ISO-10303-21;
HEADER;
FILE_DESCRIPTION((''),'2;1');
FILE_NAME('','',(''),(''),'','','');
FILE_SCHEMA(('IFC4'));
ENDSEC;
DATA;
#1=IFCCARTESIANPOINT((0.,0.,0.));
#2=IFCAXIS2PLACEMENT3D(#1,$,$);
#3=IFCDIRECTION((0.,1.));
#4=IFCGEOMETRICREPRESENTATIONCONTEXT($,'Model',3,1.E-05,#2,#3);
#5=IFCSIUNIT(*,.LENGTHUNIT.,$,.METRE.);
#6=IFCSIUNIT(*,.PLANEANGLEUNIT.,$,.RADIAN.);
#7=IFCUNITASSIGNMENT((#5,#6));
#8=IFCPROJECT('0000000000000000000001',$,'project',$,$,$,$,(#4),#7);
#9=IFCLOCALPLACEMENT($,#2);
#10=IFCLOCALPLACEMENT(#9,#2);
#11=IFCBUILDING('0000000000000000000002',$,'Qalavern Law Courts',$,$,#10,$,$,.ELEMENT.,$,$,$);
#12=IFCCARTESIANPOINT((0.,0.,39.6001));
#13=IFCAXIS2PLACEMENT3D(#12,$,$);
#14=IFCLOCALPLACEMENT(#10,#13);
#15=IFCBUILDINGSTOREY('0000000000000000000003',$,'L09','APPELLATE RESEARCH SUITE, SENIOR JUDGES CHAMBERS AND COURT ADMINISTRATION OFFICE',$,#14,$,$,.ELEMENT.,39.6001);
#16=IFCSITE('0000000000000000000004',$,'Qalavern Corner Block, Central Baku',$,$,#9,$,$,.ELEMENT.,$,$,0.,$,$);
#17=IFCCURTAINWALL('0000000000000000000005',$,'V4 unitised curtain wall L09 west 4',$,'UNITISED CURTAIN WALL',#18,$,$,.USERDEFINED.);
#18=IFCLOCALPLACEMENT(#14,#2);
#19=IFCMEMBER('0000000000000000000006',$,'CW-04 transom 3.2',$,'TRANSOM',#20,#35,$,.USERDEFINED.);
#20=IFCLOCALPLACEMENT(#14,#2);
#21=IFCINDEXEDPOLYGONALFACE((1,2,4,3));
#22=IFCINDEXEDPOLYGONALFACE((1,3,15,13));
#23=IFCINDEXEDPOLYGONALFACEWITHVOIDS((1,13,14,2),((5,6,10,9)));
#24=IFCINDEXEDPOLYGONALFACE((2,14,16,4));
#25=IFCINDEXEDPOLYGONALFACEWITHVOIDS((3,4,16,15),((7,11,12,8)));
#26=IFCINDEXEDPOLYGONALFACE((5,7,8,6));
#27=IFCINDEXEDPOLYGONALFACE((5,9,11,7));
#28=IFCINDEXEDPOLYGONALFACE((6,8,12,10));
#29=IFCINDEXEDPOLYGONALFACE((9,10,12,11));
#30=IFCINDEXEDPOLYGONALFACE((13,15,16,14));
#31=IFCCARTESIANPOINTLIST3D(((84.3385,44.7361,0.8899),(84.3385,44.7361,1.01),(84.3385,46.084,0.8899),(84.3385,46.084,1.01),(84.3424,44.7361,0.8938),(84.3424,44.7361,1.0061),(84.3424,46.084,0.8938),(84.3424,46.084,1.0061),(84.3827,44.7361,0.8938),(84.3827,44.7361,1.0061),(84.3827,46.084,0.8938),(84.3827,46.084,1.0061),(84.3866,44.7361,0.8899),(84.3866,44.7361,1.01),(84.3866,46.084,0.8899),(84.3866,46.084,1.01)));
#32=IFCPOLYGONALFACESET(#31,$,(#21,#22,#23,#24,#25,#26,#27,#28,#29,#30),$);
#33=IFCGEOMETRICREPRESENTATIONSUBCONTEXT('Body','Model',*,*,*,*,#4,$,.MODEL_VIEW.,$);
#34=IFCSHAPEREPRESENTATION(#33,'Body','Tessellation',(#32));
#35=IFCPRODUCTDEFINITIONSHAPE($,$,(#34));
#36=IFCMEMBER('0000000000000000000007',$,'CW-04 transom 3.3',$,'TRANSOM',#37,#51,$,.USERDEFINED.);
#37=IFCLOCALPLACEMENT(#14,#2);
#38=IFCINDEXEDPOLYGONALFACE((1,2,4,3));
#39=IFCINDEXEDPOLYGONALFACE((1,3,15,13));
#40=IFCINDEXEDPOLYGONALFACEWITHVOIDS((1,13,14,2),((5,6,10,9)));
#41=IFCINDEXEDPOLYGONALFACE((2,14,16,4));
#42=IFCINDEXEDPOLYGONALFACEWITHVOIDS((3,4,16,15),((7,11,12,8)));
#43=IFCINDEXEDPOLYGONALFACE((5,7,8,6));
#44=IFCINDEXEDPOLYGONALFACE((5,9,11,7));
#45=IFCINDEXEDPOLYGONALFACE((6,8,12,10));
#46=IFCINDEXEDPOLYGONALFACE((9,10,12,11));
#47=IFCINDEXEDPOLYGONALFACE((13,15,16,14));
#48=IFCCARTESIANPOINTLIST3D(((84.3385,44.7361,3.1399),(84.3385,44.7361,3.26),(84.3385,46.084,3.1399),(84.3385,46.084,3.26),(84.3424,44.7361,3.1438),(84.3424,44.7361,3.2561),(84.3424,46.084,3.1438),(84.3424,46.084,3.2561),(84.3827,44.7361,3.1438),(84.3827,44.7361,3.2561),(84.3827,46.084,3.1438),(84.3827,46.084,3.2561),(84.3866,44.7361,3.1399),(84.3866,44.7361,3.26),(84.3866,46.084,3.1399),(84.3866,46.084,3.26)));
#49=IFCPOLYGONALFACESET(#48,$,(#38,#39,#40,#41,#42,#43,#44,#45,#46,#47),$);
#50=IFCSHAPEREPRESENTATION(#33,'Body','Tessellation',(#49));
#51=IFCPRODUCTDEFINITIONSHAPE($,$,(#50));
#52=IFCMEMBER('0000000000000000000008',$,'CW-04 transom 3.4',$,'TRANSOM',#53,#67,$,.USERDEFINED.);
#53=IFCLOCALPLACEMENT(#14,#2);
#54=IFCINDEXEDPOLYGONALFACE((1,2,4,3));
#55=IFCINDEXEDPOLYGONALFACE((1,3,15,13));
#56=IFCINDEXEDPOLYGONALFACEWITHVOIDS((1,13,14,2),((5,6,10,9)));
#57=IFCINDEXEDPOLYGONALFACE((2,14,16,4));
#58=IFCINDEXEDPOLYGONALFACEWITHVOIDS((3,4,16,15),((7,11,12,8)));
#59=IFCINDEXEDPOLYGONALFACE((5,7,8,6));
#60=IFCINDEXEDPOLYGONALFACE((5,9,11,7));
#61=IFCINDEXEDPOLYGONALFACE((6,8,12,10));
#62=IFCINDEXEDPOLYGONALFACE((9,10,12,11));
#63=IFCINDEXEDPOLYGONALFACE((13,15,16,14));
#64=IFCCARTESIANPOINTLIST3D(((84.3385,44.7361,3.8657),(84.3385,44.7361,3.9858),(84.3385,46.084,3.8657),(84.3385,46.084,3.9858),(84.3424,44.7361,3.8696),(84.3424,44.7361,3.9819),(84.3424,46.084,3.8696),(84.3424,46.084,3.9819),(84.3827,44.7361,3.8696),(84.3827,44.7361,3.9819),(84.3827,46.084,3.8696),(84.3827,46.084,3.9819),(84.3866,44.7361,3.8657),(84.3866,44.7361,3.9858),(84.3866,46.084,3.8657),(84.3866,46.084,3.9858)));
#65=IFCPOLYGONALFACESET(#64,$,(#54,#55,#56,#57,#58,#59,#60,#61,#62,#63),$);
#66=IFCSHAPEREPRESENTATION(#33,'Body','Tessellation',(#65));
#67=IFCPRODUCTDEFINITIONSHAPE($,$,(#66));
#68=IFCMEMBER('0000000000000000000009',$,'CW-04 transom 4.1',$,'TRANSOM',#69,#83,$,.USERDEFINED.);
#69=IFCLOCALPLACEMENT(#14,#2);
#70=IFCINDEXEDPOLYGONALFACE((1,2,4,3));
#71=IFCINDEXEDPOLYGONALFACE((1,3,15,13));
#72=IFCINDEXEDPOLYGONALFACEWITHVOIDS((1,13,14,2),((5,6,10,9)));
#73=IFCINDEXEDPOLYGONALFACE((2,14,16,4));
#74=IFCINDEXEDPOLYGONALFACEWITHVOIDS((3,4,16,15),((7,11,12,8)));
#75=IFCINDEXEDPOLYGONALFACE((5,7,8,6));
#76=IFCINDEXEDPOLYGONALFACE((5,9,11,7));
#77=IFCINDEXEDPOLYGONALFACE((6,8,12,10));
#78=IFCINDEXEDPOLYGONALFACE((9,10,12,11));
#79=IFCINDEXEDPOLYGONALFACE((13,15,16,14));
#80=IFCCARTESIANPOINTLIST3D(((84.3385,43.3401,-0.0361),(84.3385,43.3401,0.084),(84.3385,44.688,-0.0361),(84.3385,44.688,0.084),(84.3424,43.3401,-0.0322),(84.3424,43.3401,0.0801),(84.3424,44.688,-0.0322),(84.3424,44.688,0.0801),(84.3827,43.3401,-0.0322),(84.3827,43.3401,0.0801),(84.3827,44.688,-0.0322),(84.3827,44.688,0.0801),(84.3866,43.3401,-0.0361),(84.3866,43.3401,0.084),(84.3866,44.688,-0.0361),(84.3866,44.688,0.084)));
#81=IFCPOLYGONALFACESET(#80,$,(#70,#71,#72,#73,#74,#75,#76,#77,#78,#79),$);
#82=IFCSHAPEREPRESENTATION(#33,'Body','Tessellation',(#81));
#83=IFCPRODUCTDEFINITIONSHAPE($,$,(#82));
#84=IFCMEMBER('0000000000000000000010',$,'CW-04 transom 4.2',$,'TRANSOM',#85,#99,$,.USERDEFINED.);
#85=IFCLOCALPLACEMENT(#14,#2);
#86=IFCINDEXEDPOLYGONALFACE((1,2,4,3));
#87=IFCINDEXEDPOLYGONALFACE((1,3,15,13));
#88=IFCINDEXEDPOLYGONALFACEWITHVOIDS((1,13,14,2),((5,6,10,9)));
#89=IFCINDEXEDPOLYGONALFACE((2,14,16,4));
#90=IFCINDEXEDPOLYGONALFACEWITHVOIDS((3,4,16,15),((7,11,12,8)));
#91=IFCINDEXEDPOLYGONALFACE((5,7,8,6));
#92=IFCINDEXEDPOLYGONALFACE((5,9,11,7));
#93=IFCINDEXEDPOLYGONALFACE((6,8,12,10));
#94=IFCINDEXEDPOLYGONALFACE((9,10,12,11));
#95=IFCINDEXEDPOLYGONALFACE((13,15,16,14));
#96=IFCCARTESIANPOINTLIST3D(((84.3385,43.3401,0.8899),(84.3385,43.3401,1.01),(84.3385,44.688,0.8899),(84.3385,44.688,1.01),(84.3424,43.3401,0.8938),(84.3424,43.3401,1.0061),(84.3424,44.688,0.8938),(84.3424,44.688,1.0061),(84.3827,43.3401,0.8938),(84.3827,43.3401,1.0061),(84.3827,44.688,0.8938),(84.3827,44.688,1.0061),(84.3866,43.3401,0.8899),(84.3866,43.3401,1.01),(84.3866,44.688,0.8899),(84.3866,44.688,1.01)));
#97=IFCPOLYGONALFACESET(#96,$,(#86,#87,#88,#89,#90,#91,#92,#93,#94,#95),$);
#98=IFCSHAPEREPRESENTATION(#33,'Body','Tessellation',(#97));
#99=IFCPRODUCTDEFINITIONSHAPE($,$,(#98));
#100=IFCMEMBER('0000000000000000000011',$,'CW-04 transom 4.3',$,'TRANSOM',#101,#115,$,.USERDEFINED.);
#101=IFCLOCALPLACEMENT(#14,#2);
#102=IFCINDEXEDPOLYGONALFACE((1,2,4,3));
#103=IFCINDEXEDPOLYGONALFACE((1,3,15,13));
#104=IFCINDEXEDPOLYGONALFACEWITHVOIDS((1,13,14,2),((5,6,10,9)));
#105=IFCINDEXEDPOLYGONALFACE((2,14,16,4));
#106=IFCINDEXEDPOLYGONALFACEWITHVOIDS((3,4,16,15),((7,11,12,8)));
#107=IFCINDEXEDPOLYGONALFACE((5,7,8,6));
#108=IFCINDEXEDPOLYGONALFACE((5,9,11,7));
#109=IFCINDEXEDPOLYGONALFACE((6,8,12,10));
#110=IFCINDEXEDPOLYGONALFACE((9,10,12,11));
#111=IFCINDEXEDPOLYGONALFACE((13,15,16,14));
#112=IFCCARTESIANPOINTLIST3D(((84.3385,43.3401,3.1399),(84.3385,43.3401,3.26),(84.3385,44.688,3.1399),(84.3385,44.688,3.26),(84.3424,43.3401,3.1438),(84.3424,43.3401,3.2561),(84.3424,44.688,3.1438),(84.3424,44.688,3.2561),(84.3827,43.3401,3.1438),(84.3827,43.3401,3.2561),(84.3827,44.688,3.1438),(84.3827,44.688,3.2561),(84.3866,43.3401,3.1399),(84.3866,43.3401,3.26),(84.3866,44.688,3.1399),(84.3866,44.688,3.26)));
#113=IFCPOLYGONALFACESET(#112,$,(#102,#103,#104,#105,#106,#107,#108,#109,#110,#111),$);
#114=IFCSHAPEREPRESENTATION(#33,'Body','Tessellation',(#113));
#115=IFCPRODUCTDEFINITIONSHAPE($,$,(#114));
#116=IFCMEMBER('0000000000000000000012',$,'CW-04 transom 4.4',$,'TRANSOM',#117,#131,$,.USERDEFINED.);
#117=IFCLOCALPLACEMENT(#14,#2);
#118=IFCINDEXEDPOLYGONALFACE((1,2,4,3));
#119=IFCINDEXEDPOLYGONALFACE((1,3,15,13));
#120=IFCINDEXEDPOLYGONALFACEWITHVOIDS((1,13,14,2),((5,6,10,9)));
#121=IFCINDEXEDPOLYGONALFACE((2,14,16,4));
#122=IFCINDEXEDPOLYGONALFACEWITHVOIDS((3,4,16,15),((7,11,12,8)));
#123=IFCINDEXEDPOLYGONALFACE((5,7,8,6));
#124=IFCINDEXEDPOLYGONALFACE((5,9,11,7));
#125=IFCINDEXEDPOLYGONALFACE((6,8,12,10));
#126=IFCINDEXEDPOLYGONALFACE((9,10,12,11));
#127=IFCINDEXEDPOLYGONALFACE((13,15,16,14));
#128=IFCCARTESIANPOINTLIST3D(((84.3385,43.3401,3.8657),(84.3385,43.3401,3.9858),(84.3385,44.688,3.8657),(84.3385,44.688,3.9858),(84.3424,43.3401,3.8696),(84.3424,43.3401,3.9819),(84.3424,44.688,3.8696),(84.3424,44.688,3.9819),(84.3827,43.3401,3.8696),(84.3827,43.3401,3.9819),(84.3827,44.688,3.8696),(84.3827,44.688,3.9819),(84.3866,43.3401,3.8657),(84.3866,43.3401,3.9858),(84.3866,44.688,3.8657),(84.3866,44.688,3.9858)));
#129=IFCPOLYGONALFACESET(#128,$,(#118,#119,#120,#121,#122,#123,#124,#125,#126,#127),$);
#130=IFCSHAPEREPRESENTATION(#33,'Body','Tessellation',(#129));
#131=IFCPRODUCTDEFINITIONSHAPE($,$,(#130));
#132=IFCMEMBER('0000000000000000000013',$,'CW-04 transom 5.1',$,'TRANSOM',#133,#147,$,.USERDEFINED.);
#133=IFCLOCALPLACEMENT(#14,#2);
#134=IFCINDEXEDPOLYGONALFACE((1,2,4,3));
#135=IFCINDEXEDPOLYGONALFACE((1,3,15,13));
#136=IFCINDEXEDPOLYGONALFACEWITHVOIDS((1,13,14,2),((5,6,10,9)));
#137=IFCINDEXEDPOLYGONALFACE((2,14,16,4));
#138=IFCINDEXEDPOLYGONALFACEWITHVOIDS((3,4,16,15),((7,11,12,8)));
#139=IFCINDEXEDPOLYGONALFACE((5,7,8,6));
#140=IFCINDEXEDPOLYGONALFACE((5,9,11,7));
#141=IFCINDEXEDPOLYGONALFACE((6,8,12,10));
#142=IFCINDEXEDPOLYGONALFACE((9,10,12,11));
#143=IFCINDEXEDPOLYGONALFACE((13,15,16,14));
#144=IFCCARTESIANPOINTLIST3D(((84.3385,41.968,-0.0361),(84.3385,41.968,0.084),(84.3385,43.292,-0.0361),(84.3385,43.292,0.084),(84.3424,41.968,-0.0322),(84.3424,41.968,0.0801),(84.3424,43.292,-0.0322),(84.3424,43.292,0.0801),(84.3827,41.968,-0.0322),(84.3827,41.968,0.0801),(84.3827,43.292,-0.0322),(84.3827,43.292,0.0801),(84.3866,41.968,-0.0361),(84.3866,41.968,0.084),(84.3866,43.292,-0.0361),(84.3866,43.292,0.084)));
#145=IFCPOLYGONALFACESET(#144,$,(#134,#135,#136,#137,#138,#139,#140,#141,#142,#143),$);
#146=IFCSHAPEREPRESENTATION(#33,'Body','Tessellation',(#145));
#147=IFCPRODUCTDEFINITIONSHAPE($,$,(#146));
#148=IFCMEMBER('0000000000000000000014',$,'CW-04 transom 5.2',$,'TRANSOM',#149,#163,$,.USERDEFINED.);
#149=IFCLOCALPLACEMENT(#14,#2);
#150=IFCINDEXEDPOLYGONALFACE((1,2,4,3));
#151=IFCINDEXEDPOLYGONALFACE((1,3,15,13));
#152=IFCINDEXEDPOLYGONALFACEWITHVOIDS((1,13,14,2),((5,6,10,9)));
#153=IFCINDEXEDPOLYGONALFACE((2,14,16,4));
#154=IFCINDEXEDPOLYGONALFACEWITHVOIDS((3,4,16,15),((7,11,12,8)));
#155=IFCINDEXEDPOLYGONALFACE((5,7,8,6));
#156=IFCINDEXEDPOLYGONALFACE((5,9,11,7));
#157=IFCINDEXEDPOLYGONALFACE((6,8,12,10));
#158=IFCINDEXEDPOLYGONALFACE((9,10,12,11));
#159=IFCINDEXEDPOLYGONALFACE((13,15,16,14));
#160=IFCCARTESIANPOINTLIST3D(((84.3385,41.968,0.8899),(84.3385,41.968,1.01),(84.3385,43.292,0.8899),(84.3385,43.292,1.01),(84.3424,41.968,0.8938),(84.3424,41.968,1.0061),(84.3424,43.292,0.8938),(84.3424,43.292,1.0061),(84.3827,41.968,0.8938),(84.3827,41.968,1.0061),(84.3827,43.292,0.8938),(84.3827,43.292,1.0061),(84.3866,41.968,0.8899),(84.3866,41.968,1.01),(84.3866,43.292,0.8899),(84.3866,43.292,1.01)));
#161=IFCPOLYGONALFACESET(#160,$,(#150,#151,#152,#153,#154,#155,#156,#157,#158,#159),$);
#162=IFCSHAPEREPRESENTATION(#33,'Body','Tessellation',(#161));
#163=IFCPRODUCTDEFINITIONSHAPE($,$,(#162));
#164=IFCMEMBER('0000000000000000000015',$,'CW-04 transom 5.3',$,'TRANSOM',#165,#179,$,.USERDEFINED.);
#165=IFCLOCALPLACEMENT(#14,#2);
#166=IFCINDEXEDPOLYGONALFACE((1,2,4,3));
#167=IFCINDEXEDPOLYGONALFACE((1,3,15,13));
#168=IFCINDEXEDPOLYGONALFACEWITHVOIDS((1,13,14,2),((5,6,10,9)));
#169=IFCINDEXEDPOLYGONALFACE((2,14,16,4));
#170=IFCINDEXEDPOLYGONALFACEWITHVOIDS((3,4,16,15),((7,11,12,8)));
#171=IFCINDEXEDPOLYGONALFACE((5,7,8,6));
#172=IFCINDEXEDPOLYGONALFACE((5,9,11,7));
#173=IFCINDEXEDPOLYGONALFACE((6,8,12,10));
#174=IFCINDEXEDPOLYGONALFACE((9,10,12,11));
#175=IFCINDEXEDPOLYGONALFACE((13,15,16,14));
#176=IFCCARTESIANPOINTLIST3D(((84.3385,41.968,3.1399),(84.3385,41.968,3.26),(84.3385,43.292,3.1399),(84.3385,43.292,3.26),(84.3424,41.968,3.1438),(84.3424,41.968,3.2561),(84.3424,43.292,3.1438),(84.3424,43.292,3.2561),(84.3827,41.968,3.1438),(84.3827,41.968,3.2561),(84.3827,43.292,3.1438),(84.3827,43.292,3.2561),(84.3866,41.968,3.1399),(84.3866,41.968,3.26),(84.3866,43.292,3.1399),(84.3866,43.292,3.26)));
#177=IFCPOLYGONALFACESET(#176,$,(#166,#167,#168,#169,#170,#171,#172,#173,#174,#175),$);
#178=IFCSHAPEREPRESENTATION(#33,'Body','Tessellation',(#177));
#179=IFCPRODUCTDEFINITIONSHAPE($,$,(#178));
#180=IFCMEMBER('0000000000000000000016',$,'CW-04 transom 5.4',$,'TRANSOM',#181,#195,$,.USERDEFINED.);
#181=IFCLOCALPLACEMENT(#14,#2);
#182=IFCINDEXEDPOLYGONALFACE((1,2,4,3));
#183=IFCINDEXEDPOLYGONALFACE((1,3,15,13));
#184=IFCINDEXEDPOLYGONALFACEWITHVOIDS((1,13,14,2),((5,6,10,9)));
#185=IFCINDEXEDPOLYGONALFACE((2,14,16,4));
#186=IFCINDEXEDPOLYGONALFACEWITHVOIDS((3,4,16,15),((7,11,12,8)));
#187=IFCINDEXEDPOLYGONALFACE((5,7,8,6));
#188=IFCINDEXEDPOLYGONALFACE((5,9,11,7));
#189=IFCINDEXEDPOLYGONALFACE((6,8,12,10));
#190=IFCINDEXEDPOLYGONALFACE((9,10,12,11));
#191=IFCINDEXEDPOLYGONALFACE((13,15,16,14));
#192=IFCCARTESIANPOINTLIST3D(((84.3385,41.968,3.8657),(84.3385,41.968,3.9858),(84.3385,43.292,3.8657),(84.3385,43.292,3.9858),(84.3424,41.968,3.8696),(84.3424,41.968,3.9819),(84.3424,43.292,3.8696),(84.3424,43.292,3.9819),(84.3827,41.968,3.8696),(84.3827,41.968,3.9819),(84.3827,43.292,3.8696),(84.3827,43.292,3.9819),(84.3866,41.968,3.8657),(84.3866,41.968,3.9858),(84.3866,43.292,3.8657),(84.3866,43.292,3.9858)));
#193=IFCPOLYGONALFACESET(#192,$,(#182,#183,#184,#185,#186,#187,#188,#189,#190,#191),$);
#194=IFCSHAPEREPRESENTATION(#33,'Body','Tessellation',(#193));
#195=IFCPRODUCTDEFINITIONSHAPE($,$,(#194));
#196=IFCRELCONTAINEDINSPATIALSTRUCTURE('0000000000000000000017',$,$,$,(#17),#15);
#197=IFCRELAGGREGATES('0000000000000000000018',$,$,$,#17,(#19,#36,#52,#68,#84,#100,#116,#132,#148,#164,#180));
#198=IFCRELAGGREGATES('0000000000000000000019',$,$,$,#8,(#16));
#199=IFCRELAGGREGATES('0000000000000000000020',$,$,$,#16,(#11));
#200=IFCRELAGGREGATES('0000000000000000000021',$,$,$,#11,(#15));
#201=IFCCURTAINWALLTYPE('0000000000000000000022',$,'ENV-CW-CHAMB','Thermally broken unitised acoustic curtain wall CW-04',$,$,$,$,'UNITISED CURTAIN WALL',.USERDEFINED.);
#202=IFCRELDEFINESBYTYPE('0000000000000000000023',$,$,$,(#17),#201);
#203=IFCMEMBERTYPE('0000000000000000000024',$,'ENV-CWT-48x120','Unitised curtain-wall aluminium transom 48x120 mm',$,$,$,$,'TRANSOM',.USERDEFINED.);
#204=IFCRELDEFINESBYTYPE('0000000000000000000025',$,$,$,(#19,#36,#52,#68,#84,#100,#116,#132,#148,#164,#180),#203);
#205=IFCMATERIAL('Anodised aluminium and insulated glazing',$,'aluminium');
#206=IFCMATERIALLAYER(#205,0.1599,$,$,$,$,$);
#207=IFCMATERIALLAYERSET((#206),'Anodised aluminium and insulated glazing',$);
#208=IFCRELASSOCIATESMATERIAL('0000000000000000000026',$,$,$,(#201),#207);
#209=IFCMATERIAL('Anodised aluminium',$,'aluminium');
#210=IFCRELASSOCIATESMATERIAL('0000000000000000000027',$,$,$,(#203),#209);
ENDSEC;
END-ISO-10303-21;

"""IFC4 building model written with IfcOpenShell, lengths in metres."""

from ifc_helpers import new_model, si_unit, direction, frame, origin, origin_2d, place, context, subcontext, project, spatial, hollow_rectangle, extrude, material, layer, layer_set, material_profile, profile_set, type_object, element, aggregate, save


model = new_model("IFC4")

# Units and contexts
model_context = context("Model", 3, precision=1e-05, world=origin(), true_north=direction((0.0, 1.0)))
body_context = subcontext(model_context, "Body", "Model", "MODEL_VIEW")
ifc_project = project(units=[si_unit("LENGTHUNIT", "METRE"), si_unit("PLANEANGLEUNIT", "RADIAN")], contexts=[model_context])

# Site, building, storey
site_placement = place(None, origin())
site = spatial("IfcSite", under=ifc_project, at=site_placement, Name="Qalavern Corner Block, Central Baku", CompositionType="ELEMENT", RefElevation=0.0)
building_placement = place(site_placement, origin())
building = spatial("IfcBuilding", under=site, at=building_placement, Name="Qalavern Law Courts", CompositionType="ELEMENT")
storey_placement = place(building_placement, frame((0.0, 0.0, 39.6001)))
storey = spatial("IfcBuildingStorey", under=building, at=storey_placement, Name="L09", Description="APPELLATE RESEARCH SUITE, SENIOR JUDGES CHAMBERS AND COURT ADMINISTRATION OFFICE", CompositionType="ELEMENT", Elevation=39.6001)

# Curtain wall, members
ifc_material_1 = material(Name="Anodised aluminium and insulated glazing", Category="aluminium")
ifc_layer_1 = layer(ifc_material_1, 0.1599)
ifc_layer_set_1 = layer_set([ifc_layer_1], Name="Anodised aluminium and insulated glazing")
curtain_wall_type = type_object("IfcCurtainWallType", Name="ENV-CW-CHAMB", Description="Thermally broken unitised acoustic curtain wall CW-04", ElementType="UNITISED CURTAIN WALL", PredefinedType="USERDEFINED", material=ifc_layer_set_1)
curtain_wall_placement = place(storey_placement, origin())
curtain_wall = element("IfcCurtainWall", 1, at=curtain_wall_placement, inside=storey, type_object=curtain_wall_type, Name="V4 unitised curtain wall L09 west 4", ObjectType="UNITISED CURTAIN WALL", PredefinedType="USERDEFINED")
ifc_material_2 = material(Name="Anodised aluminium", Category="aluminium")
ifc_material_profile_1 = material_profile(ifc_material_2, hollow_rectangle(XDim=0.0481, YDim=0.1201, WallThickness=0.0039, at=origin_2d()), Name="ALU TRANSOM 48x120")
ifc_profile_set_1 = profile_set([ifc_material_profile_1], Name="Anodised aluminium")
member_type_1 = type_object("IfcMemberType", Name="ENV-CWT-48x120", Description="Unitised curtain-wall aluminium transom 48x120 mm", ElementType="TRANSOM", PredefinedType="USERDEFINED", material=ifc_profile_set_1)
member_1_placement = place(storey_placement, frame((84.3625, 46.084, 0.95), z_axis=(0.0, -1.0, 0.0), x_axis=(1.0, 0.0, 0.0)))
member_1 = element("IfcMember", 2, at=member_1_placement, type_object=member_type_1, Name="CW-04 transom 3.2", ObjectType="TRANSOM", PredefinedType="USERDEFINED", context=body_context, shape_type="SweptSolid", body=[
    extrude(hollow_rectangle(XDim=0.0481, YDim=0.1201, WallThickness=0.0039, at=origin_2d()), origin(), (0.0, 0.0, 1.0), 1.3479),
])
member_2_placement = place(storey_placement, frame((84.3625, 46.084, 3.2), z_axis=(0.0, -1.0, 0.0), x_axis=(1.0, 0.0, 0.0)))
member_2 = element("IfcMember", 3, at=member_2_placement, type_object=member_type_1, Name="CW-04 transom 3.3", ObjectType="TRANSOM", PredefinedType="USERDEFINED", context=body_context, shape_type="SweptSolid", body=[
    extrude(hollow_rectangle(XDim=0.0481, YDim=0.1201, WallThickness=0.0039, at=origin_2d()), origin(), (0.0, 0.0, 1.0), 1.3479),
])
member_3_placement = place(storey_placement, frame((84.3625, 46.084, 3.9258), z_axis=(0.0, -1.0, 0.0), x_axis=(1.0, 0.0, 0.0)))
member_3 = element("IfcMember", 4, at=member_3_placement, type_object=member_type_1, Name="CW-04 transom 3.4", ObjectType="TRANSOM", PredefinedType="USERDEFINED", context=body_context, shape_type="SweptSolid", body=[
    extrude(hollow_rectangle(XDim=0.0481, YDim=0.1201, WallThickness=0.0039, at=origin_2d()), origin(), (0.0, 0.0, 1.0), 1.3479),
])
member_4_placement = place(storey_placement, frame((84.3625, 44.688, 0.0239), z_axis=(0.0, -1.0, 0.0), x_axis=(1.0, 0.0, 0.0)))
member_4 = element("IfcMember", 5, at=member_4_placement, type_object=member_type_1, Name="CW-04 transom 4.1", ObjectType="TRANSOM", PredefinedType="USERDEFINED", context=body_context, shape_type="SweptSolid", body=[
    extrude(hollow_rectangle(XDim=0.0481, YDim=0.1201, WallThickness=0.0039, at=origin_2d()), origin(), (0.0, 0.0, 1.0), 1.3479),
])
member_5_placement = place(storey_placement, frame((84.3625, 44.688, 0.95), z_axis=(0.0, -1.0, 0.0), x_axis=(1.0, 0.0, 0.0)))
member_5 = element("IfcMember", 6, at=member_5_placement, type_object=member_type_1, Name="CW-04 transom 4.2", ObjectType="TRANSOM", PredefinedType="USERDEFINED", context=body_context, shape_type="SweptSolid", body=[
    extrude(hollow_rectangle(XDim=0.0481, YDim=0.1201, WallThickness=0.0039, at=origin_2d()), origin(), (0.0, 0.0, 1.0), 1.3479),
])
member_6_placement = place(storey_placement, frame((84.3625, 44.688, 3.2), z_axis=(0.0, -1.0, 0.0), x_axis=(1.0, 0.0, 0.0)))
member_6 = element("IfcMember", 7, at=member_6_placement, type_object=member_type_1, Name="CW-04 transom 4.3", ObjectType="TRANSOM", PredefinedType="USERDEFINED", context=body_context, shape_type="SweptSolid", body=[
    extrude(hollow_rectangle(XDim=0.0481, YDim=0.1201, WallThickness=0.0039, at=origin_2d()), origin(), (0.0, 0.0, 1.0), 1.3479),
])
member_7_placement = place(storey_placement, frame((84.3625, 44.688, 3.9258), z_axis=(0.0, -1.0, 0.0), x_axis=(1.0, 0.0, 0.0)))
member_7 = element("IfcMember", 8, at=member_7_placement, type_object=member_type_1, Name="CW-04 transom 4.4", ObjectType="TRANSOM", PredefinedType="USERDEFINED", context=body_context, shape_type="SweptSolid", body=[
    extrude(hollow_rectangle(XDim=0.0481, YDim=0.1201, WallThickness=0.0039, at=origin_2d()), origin(), (0.0, 0.0, 1.0), 1.3479),
])
member_8_placement = place(storey_placement, frame((84.3625, 43.292, 0.0239), z_axis=(0.0, -1.0, 0.0), x_axis=(1.0, 0.0, 0.0)))
member_8 = element("IfcMember", 9, at=member_8_placement, type_object=member_type_1, Name="CW-04 transom 5.1", ObjectType="TRANSOM", PredefinedType="USERDEFINED", context=body_context, shape_type="SweptSolid", body=[
    extrude(hollow_rectangle(XDim=0.0481, YDim=0.1201, WallThickness=0.0039, at=origin_2d()), origin(), (0.0, 0.0, 1.0), 1.324),
])
member_9_placement = place(storey_placement, frame((84.3625, 43.292, 0.95), z_axis=(0.0, -1.0, 0.0), x_axis=(1.0, 0.0, 0.0)))
member_9 = element("IfcMember", 10, at=member_9_placement, type_object=member_type_1, Name="CW-04 transom 5.2", ObjectType="TRANSOM", PredefinedType="USERDEFINED", context=body_context, shape_type="SweptSolid", body=[
    extrude(hollow_rectangle(XDim=0.0481, YDim=0.1201, WallThickness=0.0039, at=origin_2d()), origin(), (0.0, 0.0, 1.0), 1.324),
])
member_10_placement = place(storey_placement, frame((84.3625, 43.292, 3.2), z_axis=(0.0, -1.0, 0.0), x_axis=(1.0, 0.0, 0.0)))
member_10 = element("IfcMember", 11, at=member_10_placement, type_object=member_type_1, Name="CW-04 transom 5.3", ObjectType="TRANSOM", PredefinedType="USERDEFINED", context=body_context, shape_type="SweptSolid", body=[
    extrude(hollow_rectangle(XDim=0.0481, YDim=0.1201, WallThickness=0.0039, at=origin_2d()), origin(), (0.0, 0.0, 1.0), 1.324),
])
member_11_placement = place(storey_placement, frame((84.3625, 43.292, 3.9258), z_axis=(0.0, -1.0, 0.0), x_axis=(1.0, 0.0, 0.0)))
member_11 = element("IfcMember", 12, at=member_11_placement, type_object=member_type_1, Name="CW-04 transom 5.4", ObjectType="TRANSOM", PredefinedType="USERDEFINED", context=body_context, shape_type="SweptSolid", body=[
    extrude(hollow_rectangle(XDim=0.0481, YDim=0.1201, WallThickness=0.0039, at=origin_2d()), origin(), (0.0, 0.0, 1.0), 1.324),
])

aggregate(curtain_wall, [member_1, member_2, member_3, member_4, member_5, member_6, member_7, member_8, member_9, member_10, member_11])

save(model, "model.ifc")
